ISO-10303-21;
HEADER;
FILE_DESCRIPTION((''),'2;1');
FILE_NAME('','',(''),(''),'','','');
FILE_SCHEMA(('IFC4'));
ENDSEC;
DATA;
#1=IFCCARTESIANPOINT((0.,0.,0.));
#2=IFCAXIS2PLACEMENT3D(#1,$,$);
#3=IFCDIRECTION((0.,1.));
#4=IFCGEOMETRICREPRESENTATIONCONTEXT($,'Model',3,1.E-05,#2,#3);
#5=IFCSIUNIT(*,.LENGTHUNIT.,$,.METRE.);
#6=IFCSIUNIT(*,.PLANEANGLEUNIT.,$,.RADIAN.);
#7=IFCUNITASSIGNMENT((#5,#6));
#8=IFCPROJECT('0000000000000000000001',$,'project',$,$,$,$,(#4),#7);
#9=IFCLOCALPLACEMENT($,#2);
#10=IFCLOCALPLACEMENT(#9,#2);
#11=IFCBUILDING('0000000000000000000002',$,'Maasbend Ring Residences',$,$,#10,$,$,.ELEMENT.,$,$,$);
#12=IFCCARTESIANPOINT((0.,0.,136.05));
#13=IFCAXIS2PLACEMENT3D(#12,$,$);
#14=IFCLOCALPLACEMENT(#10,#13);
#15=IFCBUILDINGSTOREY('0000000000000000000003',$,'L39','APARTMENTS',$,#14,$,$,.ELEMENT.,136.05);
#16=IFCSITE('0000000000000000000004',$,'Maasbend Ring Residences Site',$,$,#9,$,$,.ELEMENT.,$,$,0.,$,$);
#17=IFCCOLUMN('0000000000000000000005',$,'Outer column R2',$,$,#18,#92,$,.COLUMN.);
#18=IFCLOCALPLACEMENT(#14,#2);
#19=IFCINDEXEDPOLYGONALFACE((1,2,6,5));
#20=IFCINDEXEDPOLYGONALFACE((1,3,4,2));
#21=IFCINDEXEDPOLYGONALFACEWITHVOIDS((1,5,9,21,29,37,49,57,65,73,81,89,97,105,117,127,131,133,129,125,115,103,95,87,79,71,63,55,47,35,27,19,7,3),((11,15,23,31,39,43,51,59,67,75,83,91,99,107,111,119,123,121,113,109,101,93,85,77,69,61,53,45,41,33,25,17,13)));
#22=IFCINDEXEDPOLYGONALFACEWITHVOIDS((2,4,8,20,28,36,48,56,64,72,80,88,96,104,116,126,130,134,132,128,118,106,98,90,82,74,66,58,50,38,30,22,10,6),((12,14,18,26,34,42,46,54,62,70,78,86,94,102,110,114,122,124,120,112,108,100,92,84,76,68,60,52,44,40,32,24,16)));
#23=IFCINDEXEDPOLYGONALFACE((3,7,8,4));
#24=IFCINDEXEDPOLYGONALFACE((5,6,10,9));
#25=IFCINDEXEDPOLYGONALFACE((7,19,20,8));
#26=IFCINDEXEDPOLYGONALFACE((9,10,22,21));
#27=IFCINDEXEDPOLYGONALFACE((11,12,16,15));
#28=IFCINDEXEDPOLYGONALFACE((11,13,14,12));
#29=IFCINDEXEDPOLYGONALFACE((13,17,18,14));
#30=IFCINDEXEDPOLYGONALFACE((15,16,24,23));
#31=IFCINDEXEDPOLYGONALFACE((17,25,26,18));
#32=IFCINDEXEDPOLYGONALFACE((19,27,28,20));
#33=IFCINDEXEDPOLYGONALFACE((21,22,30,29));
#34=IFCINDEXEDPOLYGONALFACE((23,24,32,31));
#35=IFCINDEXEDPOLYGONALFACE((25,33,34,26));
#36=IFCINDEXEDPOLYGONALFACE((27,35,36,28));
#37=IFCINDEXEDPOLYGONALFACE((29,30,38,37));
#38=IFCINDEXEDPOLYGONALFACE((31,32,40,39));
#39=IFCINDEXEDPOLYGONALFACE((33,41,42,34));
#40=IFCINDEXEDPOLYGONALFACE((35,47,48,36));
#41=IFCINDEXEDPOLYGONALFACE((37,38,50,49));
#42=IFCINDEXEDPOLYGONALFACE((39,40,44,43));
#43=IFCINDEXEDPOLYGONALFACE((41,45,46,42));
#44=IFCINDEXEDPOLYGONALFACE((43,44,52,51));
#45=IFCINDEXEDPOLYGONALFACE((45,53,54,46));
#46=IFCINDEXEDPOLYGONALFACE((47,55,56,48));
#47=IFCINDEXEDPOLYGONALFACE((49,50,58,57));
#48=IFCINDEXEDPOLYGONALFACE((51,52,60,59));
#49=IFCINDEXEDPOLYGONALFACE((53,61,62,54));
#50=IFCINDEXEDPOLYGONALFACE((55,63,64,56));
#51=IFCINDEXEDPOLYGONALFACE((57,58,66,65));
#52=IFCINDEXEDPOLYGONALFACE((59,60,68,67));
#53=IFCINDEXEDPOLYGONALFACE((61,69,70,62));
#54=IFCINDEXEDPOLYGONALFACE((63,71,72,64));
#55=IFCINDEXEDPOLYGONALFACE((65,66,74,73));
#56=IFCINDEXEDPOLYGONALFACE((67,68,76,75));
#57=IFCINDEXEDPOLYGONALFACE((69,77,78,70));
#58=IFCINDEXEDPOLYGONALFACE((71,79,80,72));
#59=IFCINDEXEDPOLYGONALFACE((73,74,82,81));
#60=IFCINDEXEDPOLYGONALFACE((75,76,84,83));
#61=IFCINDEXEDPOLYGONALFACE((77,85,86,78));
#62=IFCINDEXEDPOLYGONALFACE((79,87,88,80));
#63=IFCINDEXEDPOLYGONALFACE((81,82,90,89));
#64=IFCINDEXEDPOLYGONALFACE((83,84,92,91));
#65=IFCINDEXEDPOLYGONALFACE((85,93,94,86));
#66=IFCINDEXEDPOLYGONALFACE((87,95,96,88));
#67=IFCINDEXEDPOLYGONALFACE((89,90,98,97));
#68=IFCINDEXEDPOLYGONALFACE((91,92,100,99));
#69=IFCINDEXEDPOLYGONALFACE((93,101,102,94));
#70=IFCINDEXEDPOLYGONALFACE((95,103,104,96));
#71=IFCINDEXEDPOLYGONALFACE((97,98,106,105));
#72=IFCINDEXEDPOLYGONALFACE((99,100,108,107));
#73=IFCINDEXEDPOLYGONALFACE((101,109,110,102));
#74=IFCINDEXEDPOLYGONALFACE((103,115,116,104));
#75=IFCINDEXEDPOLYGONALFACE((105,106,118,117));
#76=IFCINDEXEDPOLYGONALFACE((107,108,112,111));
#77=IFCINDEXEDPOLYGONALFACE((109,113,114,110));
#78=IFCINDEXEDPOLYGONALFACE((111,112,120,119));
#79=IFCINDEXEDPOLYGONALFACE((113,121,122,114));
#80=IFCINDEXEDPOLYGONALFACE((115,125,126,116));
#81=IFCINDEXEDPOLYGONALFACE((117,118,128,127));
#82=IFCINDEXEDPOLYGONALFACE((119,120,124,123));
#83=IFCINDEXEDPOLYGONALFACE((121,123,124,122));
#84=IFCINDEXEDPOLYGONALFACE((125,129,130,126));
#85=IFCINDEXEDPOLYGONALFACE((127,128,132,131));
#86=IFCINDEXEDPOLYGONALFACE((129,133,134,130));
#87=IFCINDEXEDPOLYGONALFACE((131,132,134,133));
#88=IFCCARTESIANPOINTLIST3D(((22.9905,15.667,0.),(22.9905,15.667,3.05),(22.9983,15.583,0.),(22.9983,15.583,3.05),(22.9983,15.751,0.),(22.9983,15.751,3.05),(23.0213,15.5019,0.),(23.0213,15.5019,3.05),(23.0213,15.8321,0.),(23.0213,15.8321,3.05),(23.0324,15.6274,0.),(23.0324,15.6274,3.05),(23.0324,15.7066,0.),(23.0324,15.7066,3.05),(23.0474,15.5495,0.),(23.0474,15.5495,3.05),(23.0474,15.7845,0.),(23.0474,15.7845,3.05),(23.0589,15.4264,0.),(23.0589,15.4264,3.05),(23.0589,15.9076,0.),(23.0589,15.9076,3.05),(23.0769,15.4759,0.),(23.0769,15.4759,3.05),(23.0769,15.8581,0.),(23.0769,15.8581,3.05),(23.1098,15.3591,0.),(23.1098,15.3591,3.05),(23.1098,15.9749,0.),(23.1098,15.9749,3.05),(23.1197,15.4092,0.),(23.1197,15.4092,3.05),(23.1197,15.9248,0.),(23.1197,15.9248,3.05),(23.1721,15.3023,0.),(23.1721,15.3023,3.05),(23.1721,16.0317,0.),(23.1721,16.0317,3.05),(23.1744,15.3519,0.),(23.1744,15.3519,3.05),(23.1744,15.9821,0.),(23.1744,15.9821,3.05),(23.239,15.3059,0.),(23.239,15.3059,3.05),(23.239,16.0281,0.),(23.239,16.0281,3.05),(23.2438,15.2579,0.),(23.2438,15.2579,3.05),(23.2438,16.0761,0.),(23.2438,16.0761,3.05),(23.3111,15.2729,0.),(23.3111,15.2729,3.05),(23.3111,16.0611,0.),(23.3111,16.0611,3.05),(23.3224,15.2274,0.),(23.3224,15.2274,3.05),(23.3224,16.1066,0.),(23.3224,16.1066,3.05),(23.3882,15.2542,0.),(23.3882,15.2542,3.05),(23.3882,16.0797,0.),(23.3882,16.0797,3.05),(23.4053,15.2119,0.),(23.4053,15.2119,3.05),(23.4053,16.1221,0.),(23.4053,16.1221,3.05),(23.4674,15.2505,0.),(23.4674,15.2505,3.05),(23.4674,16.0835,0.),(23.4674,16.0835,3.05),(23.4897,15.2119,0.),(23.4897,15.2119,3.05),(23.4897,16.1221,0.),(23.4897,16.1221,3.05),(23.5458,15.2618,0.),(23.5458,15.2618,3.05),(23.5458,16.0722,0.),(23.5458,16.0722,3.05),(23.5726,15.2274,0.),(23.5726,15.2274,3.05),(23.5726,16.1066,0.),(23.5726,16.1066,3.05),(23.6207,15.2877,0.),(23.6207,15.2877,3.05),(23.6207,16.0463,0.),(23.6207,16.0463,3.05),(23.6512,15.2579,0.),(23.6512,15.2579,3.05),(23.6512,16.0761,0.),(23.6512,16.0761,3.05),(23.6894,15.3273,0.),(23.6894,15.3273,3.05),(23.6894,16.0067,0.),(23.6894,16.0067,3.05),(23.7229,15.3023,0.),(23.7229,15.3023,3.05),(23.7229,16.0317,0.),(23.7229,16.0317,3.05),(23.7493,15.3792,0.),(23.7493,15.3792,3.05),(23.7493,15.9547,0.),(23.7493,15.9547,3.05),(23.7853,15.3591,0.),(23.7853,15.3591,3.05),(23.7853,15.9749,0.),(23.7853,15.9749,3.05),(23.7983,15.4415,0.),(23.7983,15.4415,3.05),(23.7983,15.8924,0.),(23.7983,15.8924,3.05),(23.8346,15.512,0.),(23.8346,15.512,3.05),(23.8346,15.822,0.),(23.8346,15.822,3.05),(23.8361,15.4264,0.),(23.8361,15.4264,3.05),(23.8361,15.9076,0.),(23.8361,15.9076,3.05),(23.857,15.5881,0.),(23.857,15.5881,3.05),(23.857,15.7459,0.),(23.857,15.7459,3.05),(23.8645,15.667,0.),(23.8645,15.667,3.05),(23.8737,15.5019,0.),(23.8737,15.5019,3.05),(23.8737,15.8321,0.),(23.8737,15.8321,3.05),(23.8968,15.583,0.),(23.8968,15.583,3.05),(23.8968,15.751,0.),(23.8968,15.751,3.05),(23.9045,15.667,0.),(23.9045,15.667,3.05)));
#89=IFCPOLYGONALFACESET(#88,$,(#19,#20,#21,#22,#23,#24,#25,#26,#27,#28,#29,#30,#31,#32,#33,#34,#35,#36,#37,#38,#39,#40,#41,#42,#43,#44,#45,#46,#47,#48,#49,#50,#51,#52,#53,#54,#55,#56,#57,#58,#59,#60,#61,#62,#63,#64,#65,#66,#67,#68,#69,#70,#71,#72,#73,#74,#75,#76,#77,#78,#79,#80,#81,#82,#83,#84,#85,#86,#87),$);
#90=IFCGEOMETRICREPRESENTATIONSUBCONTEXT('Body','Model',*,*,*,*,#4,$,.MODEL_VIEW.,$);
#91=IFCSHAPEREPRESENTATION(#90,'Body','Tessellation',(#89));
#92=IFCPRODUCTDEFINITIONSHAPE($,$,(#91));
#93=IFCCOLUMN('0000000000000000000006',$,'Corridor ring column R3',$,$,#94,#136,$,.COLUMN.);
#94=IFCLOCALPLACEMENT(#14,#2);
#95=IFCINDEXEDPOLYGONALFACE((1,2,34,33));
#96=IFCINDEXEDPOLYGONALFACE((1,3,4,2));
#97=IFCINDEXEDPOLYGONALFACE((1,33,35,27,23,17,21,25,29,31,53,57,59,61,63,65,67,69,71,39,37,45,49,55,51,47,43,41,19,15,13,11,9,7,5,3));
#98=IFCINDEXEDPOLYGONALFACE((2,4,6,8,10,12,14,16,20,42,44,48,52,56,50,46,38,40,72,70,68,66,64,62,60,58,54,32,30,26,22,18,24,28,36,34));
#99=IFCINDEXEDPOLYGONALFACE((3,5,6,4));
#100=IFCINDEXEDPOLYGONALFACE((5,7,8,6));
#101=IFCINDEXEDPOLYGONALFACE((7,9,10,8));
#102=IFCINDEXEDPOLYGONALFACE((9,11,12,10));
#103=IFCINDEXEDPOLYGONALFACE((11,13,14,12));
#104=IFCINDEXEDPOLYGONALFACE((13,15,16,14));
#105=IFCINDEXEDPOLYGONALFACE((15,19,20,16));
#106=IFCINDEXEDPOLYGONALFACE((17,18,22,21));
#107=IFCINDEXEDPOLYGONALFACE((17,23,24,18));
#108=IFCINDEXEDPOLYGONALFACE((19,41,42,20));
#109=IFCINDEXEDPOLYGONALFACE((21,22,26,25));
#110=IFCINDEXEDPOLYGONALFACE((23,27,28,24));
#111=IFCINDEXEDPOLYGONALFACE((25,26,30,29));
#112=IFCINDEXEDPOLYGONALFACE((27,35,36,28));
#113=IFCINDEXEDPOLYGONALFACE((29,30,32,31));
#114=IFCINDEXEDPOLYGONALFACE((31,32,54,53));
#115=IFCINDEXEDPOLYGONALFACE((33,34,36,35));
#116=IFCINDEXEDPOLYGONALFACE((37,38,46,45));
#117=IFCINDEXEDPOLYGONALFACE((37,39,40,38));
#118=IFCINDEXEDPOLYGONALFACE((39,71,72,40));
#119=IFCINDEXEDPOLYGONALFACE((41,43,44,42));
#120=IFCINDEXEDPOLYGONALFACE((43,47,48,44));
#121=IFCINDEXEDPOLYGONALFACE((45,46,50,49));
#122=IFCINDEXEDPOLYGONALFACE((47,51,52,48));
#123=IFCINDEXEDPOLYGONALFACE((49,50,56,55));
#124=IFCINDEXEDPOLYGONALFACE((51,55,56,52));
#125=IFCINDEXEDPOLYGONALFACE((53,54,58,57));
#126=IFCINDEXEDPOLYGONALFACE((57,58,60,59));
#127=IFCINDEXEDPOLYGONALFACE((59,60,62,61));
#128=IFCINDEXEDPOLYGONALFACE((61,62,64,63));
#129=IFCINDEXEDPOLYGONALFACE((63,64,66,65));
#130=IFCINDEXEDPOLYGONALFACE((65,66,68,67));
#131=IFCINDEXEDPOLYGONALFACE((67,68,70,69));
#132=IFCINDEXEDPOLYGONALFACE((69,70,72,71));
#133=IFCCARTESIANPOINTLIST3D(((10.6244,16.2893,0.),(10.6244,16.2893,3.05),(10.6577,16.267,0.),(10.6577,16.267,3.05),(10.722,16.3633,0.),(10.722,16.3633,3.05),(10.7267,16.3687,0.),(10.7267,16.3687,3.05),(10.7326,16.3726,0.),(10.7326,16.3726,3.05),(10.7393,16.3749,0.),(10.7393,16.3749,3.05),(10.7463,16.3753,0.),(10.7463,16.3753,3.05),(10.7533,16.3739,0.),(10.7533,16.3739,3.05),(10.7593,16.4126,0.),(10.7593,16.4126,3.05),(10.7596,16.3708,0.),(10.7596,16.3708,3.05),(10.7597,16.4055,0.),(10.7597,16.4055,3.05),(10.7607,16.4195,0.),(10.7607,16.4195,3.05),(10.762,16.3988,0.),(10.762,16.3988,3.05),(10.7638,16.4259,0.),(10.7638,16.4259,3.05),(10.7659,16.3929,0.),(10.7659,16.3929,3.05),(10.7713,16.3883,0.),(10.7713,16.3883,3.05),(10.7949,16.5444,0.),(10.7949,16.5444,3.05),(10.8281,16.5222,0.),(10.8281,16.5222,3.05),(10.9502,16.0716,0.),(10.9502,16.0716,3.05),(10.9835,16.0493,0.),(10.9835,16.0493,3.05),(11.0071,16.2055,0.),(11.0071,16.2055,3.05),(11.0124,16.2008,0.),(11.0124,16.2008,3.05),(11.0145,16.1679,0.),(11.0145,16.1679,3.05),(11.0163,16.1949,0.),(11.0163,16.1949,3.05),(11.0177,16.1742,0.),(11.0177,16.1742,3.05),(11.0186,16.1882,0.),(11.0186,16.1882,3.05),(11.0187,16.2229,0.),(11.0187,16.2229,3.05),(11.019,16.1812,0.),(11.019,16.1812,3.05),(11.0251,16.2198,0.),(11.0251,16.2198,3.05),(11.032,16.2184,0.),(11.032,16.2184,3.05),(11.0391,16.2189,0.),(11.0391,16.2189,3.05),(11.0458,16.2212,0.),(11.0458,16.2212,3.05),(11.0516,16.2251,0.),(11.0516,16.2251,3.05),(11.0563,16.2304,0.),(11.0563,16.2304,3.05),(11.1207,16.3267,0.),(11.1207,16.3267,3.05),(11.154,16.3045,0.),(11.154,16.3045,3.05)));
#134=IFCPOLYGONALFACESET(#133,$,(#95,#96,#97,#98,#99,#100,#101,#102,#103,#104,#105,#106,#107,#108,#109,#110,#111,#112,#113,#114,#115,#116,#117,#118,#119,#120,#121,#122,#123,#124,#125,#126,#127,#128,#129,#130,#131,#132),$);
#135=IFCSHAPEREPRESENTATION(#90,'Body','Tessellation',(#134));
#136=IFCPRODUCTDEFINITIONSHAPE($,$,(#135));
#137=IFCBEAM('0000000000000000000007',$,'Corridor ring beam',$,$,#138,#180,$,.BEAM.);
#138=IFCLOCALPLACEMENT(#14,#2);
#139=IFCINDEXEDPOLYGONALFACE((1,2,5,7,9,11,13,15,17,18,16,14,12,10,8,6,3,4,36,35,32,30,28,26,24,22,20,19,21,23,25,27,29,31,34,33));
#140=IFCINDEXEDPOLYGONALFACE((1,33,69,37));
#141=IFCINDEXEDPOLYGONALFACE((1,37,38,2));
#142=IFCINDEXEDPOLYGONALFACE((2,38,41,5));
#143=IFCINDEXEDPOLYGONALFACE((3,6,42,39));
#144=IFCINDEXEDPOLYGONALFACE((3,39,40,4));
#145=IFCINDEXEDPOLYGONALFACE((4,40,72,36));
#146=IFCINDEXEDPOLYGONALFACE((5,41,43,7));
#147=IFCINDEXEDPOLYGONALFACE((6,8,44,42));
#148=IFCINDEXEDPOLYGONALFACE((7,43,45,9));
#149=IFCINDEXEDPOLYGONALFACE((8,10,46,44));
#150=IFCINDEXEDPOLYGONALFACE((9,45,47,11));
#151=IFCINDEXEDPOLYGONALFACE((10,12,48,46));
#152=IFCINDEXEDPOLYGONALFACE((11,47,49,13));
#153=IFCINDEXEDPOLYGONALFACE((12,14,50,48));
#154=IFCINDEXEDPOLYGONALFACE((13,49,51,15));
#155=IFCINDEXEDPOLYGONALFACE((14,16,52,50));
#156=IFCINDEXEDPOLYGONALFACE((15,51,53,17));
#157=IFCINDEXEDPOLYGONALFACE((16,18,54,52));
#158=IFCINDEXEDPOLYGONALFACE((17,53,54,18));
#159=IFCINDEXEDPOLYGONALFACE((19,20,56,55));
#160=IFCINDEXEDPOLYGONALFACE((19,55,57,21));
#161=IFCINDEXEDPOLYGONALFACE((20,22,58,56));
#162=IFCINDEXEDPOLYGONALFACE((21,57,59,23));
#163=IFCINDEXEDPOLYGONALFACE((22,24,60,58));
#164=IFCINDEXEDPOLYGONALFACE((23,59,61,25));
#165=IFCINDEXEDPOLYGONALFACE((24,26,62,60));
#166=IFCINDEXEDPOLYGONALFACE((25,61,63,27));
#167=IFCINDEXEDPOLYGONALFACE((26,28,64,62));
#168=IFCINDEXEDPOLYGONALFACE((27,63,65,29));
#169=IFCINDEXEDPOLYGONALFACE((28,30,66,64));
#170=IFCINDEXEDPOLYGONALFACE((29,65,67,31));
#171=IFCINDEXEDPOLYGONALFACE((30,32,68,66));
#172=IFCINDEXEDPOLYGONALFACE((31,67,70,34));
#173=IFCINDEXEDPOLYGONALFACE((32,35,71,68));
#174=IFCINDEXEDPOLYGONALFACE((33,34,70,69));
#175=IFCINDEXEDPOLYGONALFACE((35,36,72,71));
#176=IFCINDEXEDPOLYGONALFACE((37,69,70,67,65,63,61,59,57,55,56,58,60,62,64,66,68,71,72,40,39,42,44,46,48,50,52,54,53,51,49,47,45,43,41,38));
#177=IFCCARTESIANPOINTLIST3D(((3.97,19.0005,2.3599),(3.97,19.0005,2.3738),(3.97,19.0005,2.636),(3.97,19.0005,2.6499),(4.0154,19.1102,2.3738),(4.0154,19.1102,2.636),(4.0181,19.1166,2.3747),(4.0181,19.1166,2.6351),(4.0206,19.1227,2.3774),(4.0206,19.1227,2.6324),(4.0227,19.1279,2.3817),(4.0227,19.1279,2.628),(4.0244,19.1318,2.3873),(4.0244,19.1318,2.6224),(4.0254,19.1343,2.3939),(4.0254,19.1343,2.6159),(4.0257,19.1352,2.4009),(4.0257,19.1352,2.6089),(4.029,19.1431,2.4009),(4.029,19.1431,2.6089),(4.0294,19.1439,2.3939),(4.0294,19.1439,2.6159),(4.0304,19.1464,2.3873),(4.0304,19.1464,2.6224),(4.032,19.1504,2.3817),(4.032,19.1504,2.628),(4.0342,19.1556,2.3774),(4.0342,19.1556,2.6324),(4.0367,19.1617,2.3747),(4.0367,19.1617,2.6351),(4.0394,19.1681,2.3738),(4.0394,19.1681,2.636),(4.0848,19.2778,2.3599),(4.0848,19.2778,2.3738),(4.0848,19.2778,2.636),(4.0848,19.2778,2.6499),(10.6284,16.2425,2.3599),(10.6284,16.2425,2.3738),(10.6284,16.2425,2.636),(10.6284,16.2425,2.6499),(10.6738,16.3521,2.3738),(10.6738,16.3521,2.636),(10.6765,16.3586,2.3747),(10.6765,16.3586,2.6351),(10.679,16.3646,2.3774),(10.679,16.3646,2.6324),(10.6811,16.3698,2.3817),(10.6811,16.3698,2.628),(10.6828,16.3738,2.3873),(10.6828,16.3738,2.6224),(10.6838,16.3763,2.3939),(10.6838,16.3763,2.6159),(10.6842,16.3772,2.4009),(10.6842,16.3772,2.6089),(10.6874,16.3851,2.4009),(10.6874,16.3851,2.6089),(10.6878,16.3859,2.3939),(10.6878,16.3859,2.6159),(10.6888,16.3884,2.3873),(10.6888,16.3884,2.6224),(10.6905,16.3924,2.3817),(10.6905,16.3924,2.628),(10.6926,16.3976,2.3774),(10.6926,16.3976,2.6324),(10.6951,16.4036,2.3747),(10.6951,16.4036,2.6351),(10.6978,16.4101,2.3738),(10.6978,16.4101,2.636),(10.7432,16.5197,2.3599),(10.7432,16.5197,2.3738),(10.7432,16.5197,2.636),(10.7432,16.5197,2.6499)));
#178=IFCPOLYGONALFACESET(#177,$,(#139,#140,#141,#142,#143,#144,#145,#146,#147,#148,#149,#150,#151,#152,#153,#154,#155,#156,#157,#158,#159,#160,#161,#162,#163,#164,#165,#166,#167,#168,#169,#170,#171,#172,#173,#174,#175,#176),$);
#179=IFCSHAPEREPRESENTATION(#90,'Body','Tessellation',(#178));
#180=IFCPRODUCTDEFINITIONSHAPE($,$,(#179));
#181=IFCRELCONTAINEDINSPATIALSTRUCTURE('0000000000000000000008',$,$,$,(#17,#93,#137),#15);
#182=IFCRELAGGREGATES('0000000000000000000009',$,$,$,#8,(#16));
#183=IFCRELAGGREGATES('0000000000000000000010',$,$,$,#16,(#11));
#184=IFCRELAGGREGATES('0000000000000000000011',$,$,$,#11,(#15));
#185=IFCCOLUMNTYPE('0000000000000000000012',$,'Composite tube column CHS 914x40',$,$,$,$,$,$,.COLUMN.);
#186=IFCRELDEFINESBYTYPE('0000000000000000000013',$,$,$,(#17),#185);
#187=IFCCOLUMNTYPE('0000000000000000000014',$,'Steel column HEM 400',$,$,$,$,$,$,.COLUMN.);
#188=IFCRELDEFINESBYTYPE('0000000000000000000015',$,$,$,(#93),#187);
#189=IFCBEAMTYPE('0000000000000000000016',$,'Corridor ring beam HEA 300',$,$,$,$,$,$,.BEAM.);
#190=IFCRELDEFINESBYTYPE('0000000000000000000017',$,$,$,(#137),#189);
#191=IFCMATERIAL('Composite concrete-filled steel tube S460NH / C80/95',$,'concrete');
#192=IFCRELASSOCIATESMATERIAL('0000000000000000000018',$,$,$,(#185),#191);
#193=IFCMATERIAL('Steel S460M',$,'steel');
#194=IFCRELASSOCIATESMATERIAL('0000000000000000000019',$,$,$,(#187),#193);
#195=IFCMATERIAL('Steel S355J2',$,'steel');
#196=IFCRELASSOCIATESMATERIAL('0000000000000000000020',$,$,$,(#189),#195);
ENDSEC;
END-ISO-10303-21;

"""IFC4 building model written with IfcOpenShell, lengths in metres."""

from ifc_helpers import new_model, si_unit, direction, frame, origin, origin_2d, place, context, subcontext, project, spatial, hollow_circle, i_section, extrude, material, material_profile, profile_set, type_object, element, save


model = new_model("IFC4")

# Units and contexts
model_context = context("Model", 3, precision=1e-05, world=origin(), true_north=direction((0.0, 1.0)))
body_context = subcontext(model_context, "Body", "Model", "MODEL_VIEW")
ifc_project = project(units=[si_unit("LENGTHUNIT", "METRE"), si_unit("PLANEANGLEUNIT", "RADIAN")], contexts=[model_context])

# Site, building, storey
site_placement = place(None, origin())
site = spatial("IfcSite", under=ifc_project, at=site_placement, Name="Maasbend Ring Residences Site", CompositionType="ELEMENT", RefElevation=0.0)
building_placement = place(site_placement, origin())
building = spatial("IfcBuilding", under=site, at=building_placement, Name="Maasbend Ring Residences", CompositionType="ELEMENT")
storey_placement = place(building_placement, frame((0.0, 0.0, 136.05)))
storey = spatial("IfcBuildingStorey", under=building, at=storey_placement, Name="L39", Description="APARTMENTS", CompositionType="ELEMENT", Elevation=136.05)

# Columns
ifc_material_1 = material(Name="Composite concrete-filled steel tube S460NH / C80/95", Category="concrete")
ifc_material_profile_1 = material_profile(ifc_material_1, hollow_circle(Radius=0.457, WallThickness=0.04, at=origin_2d()), Name="Composite tube column CHS 914x40")
ifc_profile_set_1 = profile_set([ifc_material_profile_1], Name="Composite concrete-filled steel tube S460NH / C80/95")
column_type_1 = type_object("IfcColumnType", Name="Composite tube column CHS 914x40", PredefinedType="COLUMN", material=ifc_profile_set_1)
column_1_placement = place(storey_placement, frame((23.4475, 15.667, 0.0), z_axis=(0.0, 0.0, 1.0), x_axis=(1.0, 0.0, 0.0)))
element("IfcColumn", 1, at=column_1_placement, inside=storey, type_object=column_type_1, Name="Outer column R2", PredefinedType="COLUMN", context=body_context, shape_type="SweptSolid", body=[
    extrude(hollow_circle(Radius=0.457, WallThickness=0.04, at=origin_2d()), origin(), (0.0, 0.0, 1.0), 3.05),
])
ifc_material_2 = material(Name="Steel S460M", Category="steel")
ifc_material_profile_2 = material_profile(ifc_material_2, i_section(OverallWidth=0.3069, OverallDepth=0.4319, WebThickness=0.021, FlangeThickness=0.04, FilletRadius=0.0271, at=origin_2d()), Name="HEM 400")
ifc_profile_set_2 = profile_set([ifc_material_profile_2], Name="Steel S460M")
column_type_2 = type_object("IfcColumnType", Name="Steel column HEM 400", PredefinedType="COLUMN", material=ifc_profile_set_2)
column_2_placement = place(storey_placement, frame((10.8892, 16.2969, 0.0), z_axis=(0.0, 0.0, 1.0), x_axis=(0.55557, 0.83147, 0.0)))
element("IfcColumn", 2, at=column_2_placement, inside=storey, type_object=column_type_2, Name="Corridor ring column R3", PredefinedType="COLUMN", context=body_context, shape_type="SweptSolid", body=[
    extrude(i_section(OverallWidth=0.3069, OverallDepth=0.4319, WebThickness=0.021, FlangeThickness=0.04, FilletRadius=0.0271, at=origin_2d()), origin(), (0.0, 0.0, 1.0), 3.05),
])

# Beam
ifc_material_3 = material(Name="Steel S355J2", Category="steel")
ifc_material_profile_3 = material_profile(ifc_material_3, i_section(OverallWidth=0.3, OverallDepth=0.29, WebThickness=0.0085, FlangeThickness=0.0139, FilletRadius=0.0271, at=origin_2d()), Name="HEA 300")
ifc_profile_set_3 = profile_set([ifc_material_profile_3], Name="Steel S355J2")
beam_type_1 = type_object("IfcBeamType", Name="Corridor ring beam HEA 300", PredefinedType="BEAM", material=ifc_profile_set_3)
beam_1_placement = place(storey_placement, frame((10.6858, 16.3811, 2.5049), z_axis=(-0.923878, 0.382688, 0.0), x_axis=(-0.382688, -0.923878, 0.0)))
element("IfcBeam", 3, at=beam_1_placement, inside=storey, type_object=beam_type_1, Name="Corridor ring beam", PredefinedType="BEAM", context=body_context, shape_type="SweptSolid", body=[
    extrude(i_section(OverallWidth=0.3, OverallDepth=0.29, WebThickness=0.0085, FlangeThickness=0.0139, FilletRadius=0.0271, at=origin_2d()), origin(), (0.0, 0.0, 1.0), 7.207),
])

save(model, "model.ifc")
